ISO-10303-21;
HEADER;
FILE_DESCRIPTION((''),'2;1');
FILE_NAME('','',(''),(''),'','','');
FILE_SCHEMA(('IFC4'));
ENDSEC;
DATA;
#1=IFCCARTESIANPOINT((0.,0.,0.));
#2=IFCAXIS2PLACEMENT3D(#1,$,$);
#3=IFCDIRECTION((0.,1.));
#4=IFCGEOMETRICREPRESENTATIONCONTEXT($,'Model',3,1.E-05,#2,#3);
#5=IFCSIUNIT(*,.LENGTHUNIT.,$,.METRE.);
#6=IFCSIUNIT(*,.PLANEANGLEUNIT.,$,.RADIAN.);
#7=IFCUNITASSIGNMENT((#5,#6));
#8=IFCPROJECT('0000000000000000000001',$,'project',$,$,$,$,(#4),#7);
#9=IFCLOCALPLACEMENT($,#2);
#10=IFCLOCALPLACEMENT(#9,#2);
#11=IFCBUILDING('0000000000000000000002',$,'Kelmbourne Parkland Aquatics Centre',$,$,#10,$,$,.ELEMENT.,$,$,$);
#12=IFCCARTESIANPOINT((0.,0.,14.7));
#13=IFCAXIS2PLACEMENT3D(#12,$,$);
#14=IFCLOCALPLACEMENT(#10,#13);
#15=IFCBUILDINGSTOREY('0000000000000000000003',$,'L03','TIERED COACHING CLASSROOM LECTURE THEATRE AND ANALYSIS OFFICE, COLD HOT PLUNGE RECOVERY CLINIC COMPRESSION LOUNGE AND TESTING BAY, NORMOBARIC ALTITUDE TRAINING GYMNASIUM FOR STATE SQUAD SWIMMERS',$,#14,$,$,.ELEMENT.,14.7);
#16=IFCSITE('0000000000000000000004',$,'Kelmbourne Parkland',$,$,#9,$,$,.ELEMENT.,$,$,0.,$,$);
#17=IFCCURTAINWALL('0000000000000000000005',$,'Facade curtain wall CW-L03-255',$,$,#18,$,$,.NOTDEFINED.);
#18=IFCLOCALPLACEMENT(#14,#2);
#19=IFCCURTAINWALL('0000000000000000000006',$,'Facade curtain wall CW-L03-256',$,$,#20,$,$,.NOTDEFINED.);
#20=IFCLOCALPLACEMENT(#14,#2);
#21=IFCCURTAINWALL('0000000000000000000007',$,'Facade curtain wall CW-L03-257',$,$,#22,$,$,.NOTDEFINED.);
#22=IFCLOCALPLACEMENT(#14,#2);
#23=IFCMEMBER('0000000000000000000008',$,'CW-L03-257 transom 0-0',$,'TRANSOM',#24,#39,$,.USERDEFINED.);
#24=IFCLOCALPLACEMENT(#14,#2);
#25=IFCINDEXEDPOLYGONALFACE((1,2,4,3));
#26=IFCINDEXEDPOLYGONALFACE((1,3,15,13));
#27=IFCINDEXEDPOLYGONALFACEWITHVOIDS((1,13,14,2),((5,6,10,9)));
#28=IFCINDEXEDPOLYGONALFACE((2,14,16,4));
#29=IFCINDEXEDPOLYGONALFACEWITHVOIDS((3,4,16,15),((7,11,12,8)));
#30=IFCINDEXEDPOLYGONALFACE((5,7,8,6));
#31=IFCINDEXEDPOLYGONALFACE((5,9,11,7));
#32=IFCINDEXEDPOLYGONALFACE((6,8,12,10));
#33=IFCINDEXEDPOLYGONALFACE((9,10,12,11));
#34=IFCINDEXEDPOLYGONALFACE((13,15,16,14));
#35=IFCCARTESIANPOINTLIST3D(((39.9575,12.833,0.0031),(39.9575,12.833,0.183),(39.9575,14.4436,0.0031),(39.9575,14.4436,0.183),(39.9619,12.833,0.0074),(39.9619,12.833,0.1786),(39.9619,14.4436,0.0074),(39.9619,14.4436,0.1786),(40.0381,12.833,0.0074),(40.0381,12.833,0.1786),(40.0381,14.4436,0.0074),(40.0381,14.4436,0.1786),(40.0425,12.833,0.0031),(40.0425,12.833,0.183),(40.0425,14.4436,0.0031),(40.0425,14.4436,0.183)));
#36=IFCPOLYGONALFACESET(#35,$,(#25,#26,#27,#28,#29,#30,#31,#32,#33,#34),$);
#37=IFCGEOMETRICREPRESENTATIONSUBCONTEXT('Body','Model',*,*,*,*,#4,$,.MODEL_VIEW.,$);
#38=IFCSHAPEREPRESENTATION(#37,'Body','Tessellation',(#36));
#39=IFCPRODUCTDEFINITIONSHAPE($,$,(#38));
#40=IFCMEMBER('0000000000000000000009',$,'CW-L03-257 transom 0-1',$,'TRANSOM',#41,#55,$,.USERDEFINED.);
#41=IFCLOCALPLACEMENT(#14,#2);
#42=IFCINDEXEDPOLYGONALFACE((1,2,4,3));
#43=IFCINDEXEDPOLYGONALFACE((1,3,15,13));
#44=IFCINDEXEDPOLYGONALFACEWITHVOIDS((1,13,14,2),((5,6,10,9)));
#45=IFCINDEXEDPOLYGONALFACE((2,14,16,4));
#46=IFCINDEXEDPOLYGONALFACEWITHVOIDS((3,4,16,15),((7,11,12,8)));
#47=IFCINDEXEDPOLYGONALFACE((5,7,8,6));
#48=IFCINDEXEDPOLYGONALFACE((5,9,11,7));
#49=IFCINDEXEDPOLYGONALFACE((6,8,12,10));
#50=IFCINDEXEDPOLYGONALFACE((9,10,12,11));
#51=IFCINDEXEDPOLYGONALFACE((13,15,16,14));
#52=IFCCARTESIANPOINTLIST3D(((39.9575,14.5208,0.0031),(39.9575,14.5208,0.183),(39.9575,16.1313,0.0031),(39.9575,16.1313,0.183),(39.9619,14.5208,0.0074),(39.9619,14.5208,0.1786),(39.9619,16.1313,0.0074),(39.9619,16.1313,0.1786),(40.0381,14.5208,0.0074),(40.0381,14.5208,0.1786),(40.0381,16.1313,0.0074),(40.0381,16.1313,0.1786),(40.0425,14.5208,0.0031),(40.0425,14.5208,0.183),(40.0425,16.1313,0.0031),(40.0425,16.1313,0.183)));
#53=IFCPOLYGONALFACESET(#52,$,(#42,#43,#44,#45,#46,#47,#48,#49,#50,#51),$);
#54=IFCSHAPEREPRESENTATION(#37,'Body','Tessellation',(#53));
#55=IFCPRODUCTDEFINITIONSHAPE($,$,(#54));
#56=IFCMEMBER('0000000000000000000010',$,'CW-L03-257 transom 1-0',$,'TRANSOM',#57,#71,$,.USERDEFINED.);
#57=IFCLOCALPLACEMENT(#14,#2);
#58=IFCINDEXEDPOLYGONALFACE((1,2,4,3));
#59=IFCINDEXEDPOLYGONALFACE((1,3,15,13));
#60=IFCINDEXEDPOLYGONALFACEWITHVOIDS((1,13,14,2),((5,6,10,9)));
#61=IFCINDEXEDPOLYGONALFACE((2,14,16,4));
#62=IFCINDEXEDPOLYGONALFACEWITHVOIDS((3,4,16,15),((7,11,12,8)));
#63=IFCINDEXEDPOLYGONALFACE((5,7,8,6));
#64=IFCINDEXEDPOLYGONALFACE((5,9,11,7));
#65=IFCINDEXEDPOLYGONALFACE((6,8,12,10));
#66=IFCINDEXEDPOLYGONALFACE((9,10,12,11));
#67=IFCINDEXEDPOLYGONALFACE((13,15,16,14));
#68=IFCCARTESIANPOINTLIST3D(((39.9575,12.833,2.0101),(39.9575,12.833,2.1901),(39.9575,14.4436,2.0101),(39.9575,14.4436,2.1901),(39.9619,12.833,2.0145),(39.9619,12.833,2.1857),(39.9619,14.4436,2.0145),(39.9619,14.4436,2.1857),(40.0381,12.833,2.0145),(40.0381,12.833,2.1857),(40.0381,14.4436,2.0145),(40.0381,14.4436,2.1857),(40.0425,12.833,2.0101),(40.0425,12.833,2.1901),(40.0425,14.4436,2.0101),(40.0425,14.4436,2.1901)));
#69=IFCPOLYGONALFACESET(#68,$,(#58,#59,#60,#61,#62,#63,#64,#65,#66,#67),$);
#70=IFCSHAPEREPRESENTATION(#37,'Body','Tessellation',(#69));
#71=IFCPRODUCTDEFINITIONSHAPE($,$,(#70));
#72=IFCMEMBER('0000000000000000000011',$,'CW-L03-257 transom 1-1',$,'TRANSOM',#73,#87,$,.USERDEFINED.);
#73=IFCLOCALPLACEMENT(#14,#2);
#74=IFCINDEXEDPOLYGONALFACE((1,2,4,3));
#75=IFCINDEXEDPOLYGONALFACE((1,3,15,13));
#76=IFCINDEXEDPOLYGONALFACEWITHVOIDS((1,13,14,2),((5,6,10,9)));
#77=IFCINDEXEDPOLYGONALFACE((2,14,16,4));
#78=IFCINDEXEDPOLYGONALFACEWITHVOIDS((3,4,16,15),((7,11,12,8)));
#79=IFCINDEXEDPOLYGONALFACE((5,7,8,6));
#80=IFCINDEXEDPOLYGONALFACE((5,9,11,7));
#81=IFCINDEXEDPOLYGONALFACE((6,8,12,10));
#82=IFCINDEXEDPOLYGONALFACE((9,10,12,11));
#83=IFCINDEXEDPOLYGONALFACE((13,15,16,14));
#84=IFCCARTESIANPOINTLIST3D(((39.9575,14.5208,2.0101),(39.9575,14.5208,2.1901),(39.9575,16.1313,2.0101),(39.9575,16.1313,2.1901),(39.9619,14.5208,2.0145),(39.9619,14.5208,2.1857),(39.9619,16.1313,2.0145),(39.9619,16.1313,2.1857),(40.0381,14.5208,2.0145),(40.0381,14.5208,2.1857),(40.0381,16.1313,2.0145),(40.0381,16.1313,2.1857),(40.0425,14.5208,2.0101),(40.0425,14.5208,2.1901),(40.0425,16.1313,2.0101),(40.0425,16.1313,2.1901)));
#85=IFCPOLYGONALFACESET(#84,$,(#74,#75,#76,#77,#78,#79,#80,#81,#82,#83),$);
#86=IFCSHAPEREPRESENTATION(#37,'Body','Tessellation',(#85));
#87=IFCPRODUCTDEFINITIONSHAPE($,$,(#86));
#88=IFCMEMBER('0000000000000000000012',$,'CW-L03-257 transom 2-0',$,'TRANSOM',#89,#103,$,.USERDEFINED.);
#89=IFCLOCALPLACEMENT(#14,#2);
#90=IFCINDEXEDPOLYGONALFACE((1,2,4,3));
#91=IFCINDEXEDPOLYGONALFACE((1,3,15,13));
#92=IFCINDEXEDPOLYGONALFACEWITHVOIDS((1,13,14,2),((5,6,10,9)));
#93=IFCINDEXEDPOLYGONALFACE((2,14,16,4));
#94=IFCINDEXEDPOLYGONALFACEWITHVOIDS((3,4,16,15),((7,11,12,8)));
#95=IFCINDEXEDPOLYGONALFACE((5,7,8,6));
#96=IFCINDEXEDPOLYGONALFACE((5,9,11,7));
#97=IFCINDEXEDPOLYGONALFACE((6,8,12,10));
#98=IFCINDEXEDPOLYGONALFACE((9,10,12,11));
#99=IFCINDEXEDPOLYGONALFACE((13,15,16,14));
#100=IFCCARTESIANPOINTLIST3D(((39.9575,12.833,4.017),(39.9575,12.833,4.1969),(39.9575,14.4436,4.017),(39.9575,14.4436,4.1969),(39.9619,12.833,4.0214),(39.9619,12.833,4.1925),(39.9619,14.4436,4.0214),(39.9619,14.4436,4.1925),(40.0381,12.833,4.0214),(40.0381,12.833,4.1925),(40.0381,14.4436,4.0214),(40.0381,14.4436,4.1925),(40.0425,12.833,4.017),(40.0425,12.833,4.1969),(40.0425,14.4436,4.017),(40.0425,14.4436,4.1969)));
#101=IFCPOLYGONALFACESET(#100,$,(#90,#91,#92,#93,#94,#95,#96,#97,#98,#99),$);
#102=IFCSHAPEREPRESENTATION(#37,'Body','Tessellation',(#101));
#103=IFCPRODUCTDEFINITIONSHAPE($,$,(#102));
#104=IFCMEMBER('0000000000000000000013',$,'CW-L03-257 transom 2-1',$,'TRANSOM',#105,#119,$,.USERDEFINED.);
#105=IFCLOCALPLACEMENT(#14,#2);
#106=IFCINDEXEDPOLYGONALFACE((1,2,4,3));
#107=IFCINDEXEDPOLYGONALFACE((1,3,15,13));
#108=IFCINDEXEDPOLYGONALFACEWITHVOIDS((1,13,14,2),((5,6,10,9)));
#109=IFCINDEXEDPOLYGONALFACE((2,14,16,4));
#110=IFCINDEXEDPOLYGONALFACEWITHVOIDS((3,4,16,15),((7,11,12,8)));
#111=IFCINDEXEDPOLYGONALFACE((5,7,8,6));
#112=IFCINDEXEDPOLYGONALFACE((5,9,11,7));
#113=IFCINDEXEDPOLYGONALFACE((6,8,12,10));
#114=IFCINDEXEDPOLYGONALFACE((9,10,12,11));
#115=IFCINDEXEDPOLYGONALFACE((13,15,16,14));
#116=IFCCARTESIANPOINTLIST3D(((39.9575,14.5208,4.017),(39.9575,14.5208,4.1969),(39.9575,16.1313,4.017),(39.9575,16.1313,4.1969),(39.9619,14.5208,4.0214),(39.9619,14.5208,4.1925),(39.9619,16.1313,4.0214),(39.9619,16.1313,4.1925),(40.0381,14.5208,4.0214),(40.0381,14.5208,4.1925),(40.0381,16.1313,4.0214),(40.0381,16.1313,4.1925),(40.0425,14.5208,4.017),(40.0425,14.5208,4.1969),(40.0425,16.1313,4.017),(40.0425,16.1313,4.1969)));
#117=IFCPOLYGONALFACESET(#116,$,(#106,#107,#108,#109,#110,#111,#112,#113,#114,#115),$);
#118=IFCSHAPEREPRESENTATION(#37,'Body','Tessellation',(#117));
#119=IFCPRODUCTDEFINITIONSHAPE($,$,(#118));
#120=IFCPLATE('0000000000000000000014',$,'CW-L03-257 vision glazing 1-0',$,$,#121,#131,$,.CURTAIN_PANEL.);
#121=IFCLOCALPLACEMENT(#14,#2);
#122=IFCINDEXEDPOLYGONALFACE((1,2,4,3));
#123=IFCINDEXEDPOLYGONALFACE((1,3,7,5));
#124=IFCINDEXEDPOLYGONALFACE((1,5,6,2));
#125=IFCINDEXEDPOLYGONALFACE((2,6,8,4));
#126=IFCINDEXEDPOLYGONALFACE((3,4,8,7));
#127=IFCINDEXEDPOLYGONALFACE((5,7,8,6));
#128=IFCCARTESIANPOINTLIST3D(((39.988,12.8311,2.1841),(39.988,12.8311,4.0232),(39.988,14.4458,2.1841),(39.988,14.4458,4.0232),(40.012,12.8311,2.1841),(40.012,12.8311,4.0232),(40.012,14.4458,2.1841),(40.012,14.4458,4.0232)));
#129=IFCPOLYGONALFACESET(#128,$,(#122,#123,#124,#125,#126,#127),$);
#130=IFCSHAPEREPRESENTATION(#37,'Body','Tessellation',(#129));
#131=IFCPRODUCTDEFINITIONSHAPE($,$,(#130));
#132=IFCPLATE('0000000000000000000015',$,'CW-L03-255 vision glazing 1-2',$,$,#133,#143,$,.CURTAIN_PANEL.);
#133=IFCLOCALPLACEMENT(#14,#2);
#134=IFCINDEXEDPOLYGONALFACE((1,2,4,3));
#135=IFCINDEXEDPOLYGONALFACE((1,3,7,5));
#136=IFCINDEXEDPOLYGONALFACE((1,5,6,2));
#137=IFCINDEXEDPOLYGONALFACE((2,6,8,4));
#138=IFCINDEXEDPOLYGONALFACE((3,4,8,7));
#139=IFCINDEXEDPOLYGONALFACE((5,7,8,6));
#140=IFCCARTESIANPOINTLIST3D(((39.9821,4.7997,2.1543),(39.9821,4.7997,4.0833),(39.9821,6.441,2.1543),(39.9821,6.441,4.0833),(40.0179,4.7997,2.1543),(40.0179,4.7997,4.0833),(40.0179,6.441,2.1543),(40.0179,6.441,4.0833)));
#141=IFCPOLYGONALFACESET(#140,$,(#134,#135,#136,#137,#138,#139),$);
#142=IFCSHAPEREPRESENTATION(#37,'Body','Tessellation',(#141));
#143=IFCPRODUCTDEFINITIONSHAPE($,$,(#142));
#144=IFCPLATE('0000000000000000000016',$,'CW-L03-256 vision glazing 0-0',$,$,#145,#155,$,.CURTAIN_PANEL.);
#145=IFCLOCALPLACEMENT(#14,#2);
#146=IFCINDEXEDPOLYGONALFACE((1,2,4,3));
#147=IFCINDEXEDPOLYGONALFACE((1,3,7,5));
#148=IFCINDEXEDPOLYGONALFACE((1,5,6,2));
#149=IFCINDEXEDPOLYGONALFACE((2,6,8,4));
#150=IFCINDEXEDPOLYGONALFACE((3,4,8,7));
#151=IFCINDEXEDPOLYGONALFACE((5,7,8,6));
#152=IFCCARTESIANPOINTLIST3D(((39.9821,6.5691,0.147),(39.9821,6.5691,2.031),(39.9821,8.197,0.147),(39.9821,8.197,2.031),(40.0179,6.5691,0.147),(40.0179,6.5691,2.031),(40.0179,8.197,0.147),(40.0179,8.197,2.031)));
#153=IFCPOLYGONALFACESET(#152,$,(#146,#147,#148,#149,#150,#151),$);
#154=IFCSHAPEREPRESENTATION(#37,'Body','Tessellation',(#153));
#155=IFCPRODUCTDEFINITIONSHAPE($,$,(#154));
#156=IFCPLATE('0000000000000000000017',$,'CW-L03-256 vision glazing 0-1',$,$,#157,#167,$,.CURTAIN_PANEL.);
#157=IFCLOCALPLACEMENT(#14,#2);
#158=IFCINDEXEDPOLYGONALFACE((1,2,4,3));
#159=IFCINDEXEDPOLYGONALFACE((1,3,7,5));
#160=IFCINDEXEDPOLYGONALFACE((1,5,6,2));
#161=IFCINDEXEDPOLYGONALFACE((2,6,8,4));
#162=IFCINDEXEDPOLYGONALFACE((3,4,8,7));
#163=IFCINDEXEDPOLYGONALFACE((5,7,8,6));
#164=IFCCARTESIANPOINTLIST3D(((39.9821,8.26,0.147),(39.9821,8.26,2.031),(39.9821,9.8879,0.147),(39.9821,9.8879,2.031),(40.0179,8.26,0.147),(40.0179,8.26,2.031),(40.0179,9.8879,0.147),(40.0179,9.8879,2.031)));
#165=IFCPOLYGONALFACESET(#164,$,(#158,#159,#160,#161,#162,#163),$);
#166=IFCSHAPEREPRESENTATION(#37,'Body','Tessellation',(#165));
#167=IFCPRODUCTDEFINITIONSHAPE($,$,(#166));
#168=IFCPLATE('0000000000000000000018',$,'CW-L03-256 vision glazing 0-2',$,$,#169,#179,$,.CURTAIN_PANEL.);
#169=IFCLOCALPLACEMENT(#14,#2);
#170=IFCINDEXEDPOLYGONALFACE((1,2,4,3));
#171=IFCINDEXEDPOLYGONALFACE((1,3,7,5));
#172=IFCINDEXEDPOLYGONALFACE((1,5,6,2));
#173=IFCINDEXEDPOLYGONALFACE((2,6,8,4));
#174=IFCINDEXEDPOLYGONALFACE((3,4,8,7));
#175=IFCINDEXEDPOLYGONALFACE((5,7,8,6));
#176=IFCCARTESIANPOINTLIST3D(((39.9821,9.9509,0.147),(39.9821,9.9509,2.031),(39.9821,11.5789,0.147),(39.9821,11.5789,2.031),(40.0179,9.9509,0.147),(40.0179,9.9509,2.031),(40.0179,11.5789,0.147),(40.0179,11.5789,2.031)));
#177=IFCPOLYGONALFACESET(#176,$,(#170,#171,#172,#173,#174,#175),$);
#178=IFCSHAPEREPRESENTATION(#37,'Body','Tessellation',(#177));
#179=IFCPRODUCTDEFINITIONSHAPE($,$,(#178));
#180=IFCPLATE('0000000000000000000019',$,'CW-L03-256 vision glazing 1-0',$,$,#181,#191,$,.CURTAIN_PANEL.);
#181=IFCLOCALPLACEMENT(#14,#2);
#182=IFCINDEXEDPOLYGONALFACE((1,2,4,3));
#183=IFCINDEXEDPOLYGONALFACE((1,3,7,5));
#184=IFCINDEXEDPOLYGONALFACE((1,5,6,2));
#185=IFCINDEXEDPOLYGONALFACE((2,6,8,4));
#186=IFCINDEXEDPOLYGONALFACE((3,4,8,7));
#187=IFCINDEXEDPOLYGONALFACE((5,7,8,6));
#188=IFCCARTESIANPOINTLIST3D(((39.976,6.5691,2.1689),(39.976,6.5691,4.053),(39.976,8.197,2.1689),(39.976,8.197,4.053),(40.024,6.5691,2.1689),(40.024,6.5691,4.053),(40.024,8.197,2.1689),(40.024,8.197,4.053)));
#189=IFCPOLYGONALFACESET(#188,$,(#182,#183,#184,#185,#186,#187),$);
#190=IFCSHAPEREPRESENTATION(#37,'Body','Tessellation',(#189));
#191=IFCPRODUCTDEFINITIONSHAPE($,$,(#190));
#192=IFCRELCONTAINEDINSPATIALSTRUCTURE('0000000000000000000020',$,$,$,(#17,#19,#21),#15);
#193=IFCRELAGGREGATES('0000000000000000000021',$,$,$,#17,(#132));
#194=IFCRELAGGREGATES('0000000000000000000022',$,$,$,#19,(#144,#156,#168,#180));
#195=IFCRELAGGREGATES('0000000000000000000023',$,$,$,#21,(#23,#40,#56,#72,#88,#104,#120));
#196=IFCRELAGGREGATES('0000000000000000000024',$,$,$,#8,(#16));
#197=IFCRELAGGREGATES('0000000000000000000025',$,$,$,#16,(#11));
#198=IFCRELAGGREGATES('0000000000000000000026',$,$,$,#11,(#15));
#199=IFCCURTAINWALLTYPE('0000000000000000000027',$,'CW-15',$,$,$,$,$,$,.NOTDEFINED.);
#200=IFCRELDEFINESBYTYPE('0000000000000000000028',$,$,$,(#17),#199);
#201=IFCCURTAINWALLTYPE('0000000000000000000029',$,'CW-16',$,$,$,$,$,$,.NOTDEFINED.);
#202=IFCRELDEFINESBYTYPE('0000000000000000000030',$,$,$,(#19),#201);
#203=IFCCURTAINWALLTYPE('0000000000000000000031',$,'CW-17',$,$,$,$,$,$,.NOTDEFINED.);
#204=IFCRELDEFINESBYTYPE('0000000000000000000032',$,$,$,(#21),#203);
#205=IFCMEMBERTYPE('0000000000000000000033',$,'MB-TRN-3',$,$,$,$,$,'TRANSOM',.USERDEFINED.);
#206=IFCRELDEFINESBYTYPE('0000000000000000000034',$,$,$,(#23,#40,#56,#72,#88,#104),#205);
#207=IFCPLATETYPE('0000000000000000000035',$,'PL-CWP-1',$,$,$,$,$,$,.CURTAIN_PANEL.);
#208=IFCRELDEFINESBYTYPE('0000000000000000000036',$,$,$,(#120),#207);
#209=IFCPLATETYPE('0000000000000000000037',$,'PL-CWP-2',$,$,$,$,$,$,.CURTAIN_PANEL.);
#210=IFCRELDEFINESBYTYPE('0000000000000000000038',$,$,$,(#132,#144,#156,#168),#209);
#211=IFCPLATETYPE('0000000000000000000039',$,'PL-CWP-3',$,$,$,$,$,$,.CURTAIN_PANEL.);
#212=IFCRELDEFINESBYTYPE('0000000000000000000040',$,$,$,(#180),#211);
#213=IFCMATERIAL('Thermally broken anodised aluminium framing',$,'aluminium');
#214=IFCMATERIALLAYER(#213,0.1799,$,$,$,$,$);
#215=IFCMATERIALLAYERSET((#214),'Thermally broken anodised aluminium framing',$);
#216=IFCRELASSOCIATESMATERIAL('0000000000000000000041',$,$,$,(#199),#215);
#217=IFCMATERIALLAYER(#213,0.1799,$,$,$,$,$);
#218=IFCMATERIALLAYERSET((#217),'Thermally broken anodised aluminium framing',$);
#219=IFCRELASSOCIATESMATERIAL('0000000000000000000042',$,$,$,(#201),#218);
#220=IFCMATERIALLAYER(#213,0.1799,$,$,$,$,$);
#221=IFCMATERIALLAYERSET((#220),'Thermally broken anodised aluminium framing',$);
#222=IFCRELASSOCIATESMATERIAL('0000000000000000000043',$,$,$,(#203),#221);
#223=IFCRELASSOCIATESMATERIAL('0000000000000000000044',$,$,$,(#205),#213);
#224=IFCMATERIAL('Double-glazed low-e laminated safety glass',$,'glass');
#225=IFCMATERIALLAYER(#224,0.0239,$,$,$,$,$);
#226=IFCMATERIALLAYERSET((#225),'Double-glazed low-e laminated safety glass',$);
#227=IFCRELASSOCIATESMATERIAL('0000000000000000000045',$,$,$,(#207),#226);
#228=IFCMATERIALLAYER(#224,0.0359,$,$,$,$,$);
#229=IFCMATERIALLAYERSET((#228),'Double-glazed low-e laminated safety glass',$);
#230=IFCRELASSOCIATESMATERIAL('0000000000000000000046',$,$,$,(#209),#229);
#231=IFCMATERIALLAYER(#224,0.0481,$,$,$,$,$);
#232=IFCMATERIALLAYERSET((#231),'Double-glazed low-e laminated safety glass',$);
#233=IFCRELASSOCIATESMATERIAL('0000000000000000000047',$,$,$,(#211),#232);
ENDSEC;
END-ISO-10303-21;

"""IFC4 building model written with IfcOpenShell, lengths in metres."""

from ifc_helpers import new_model, si_unit, direction, frame, origin, origin_2d, place, context, subcontext, project, spatial, rectangle, hollow_rectangle, extrude, material, layer, layer_set, material_profile, profile_set, type_object, element, aggregate, save


model = new_model("IFC4")

# Units and contexts
model_context = context("Model", 3, precision=1e-05, world=origin(), true_north=direction((0.0, 1.0)))
body_context = subcontext(model_context, "Body", "Model", "MODEL_VIEW")
ifc_project = project(units=[si_unit("LENGTHUNIT", "METRE"), si_unit("PLANEANGLEUNIT", "RADIAN")], contexts=[model_context])

# Site, building, storey
site_placement = place(None, origin())
site = spatial("IfcSite", under=ifc_project, at=site_placement, Name="Kelmbourne Parkland", CompositionType="ELEMENT", RefElevation=0.0)
building_placement = place(site_placement, origin())
building = spatial("IfcBuilding", under=site, at=building_placement, Name="Kelmbourne Parkland Aquatics Centre", CompositionType="ELEMENT")
storey_placement = place(building_placement, frame((0.0, 0.0, 14.7)))
storey = spatial("IfcBuildingStorey", under=building, at=storey_placement, Name="L03", Description="TIERED COACHING CLASSROOM LECTURE THEATRE AND ANALYSIS OFFICE, COLD HOT PLUNGE RECOVERY CLINIC COMPRESSION LOUNGE AND TESTING BAY, NORMOBARIC ALTITUDE TRAINING GYMNASIUM FOR STATE SQUAD SWIMMERS", CompositionType="ELEMENT", Elevation=14.7)

# Curtain wall
ifc_material_1 = material(Name="Thermally broken anodised aluminium framing", Category="aluminium")
ifc_layer_1 = layer(ifc_material_1, 0.1799)
ifc_layer_set_1 = layer_set([ifc_layer_1], Name="Thermally broken anodised aluminium framing")
curtain_wall_type_1 = type_object("IfcCurtainWallType", Name="CW-15", PredefinedType="NOTDEFINED", material=ifc_layer_set_1)
curtain_wall_1_placement = place(storey_placement, origin())
curtain_wall_1 = element("IfcCurtainWall", 1, at=curtain_wall_1_placement, inside=storey, type_object=curtain_wall_type_1, Name="Facade curtain wall CW-L03-255", PredefinedType="NOTDEFINED")

# Curtain walls
ifc_layer_2 = layer(ifc_material_1, 0.1799)
ifc_layer_set_2 = layer_set([ifc_layer_2], Name="Thermally broken anodised aluminium framing")
curtain_wall_type_2 = type_object("IfcCurtainWallType", Name="CW-16", PredefinedType="NOTDEFINED", material=ifc_layer_set_2)
curtain_wall_2_placement = place(storey_placement, origin())
curtain_wall_2 = element("IfcCurtainWall", 2, at=curtain_wall_2_placement, inside=storey, type_object=curtain_wall_type_2, Name="Facade curtain wall CW-L03-256", PredefinedType="NOTDEFINED")
ifc_layer_3 = layer(ifc_material_1, 0.1799)
ifc_layer_set_3 = layer_set([ifc_layer_3], Name="Thermally broken anodised aluminium framing")
curtain_wall_type_3 = type_object("IfcCurtainWallType", Name="CW-17", PredefinedType="NOTDEFINED", material=ifc_layer_set_3)
curtain_wall_3_placement = place(storey_placement, origin())
curtain_wall_3 = element("IfcCurtainWall", 3, at=curtain_wall_3_placement, inside=storey, type_object=curtain_wall_type_3, Name="Facade curtain wall CW-L03-257", PredefinedType="NOTDEFINED")

# Members
ifc_material_profile_1 = material_profile(ifc_material_1, hollow_rectangle(XDim=0.085, YDim=0.1799, WallThickness=0.0044, at=origin_2d()), Name="CW-T 85x180")
ifc_profile_set_1 = profile_set([ifc_material_profile_1], Name="Thermally broken anodised aluminium framing")
member_type_1 = type_object("IfcMemberType", Name="MB-TRN-3", ElementType="TRANSOM", PredefinedType="USERDEFINED", material=ifc_profile_set_1)
member_1_placement = place(storey_placement, frame((40.0, 12.833, 0.093), z_axis=(0.0, 1.0, 0.0), x_axis=(-1.0, 0.0, 0.0)))
member_1 = element("IfcMember", 4, at=member_1_placement, type_object=member_type_1, Name="CW-L03-257 transom 0-0", ObjectType="TRANSOM", PredefinedType="USERDEFINED", context=body_context, shape_type="SweptSolid", body=[
    extrude(hollow_rectangle(XDim=0.085, YDim=0.1799, WallThickness=0.0044, at=origin_2d()), origin(), (0.0, 0.0, 1.0), 1.6106),
])
member_2_placement = place(storey_placement, frame((40.0, 14.5208, 0.093), z_axis=(0.0, 1.0, 0.0), x_axis=(-1.0, 0.0, 0.0)))
member_2 = element("IfcMember", 5, at=member_2_placement, type_object=member_type_1, Name="CW-L03-257 transom 0-1", ObjectType="TRANSOM", PredefinedType="USERDEFINED", context=body_context, shape_type="SweptSolid", body=[
    extrude(hollow_rectangle(XDim=0.085, YDim=0.1799, WallThickness=0.0044, at=origin_2d()), origin(), (0.0, 0.0, 1.0), 1.6106),
])
member_3_placement = place(storey_placement, frame((40.0, 12.833, 2.1001), z_axis=(0.0, 1.0, 0.0), x_axis=(-1.0, 0.0, 0.0)))
member_3 = element("IfcMember", 6, at=member_3_placement, type_object=member_type_1, Name="CW-L03-257 transom 1-0", ObjectType="TRANSOM", PredefinedType="USERDEFINED", context=body_context, shape_type="SweptSolid", body=[
    extrude(hollow_rectangle(XDim=0.085, YDim=0.1799, WallThickness=0.0044, at=origin_2d()), origin(), (0.0, 0.0, 1.0), 1.6106),
])
member_4_placement = place(storey_placement, frame((40.0, 14.5208, 2.1001), z_axis=(0.0, 1.0, 0.0), x_axis=(-1.0, 0.0, 0.0)))
member_4 = element("IfcMember", 7, at=member_4_placement, type_object=member_type_1, Name="CW-L03-257 transom 1-1", ObjectType="TRANSOM", PredefinedType="USERDEFINED", context=body_context, shape_type="SweptSolid", body=[
    extrude(hollow_rectangle(XDim=0.085, YDim=0.1799, WallThickness=0.0044, at=origin_2d()), origin(), (0.0, 0.0, 1.0), 1.6106),
])
member_5_placement = place(storey_placement, frame((40.0, 12.833, 4.1069), z_axis=(0.0, 1.0, 0.0), x_axis=(-1.0, 0.0, 0.0)))
member_5 = element("IfcMember", 8, at=member_5_placement, type_object=member_type_1, Name="CW-L03-257 transom 2-0", ObjectType="TRANSOM", PredefinedType="USERDEFINED", context=body_context, shape_type="SweptSolid", body=[
    extrude(hollow_rectangle(XDim=0.085, YDim=0.1799, WallThickness=0.0044, at=origin_2d()), origin(), (0.0, 0.0, 1.0), 1.6106),
])
member_6_placement = place(storey_placement, frame((40.0, 14.5208, 4.1069), z_axis=(0.0, 1.0, 0.0), x_axis=(-1.0, 0.0, 0.0)))
member_6 = element("IfcMember", 9, at=member_6_placement, type_object=member_type_1, Name="CW-L03-257 transom 2-1", ObjectType="TRANSOM", PredefinedType="USERDEFINED", context=body_context, shape_type="SweptSolid", body=[
    extrude(hollow_rectangle(XDim=0.085, YDim=0.1799, WallThickness=0.0044, at=origin_2d()), origin(), (0.0, 0.0, 1.0), 1.6106),
])

# Plates
ifc_material_2 = material(Name="Double-glazed low-e laminated safety glass", Category="glass")
ifc_layer_4 = layer(ifc_material_2, 0.0239)
ifc_layer_set_4 = layer_set([ifc_layer_4], Name="Double-glazed low-e laminated safety glass")
plate_type_1 = type_object("IfcPlateType", Name="PL-CWP-1", PredefinedType="CURTAIN_PANEL", material=ifc_layer_set_4)
plate_1_placement = place(storey_placement, frame((40.0, 13.6384, 2.1841), z_axis=(0.0, 0.0, 1.0), x_axis=(0.0, 1.0, 0.0)))
plate_1 = element("IfcPlate", 10, at=plate_1_placement, type_object=plate_type_1, Name="CW-L03-257 vision glazing 1-0", PredefinedType="CURTAIN_PANEL", context=body_context, shape_type="SweptSolid", body=[
    extrude(rectangle(XDim=1.6147, YDim=0.0239, at=origin_2d()), origin(), (0.0, 0.0, 1.0), 1.8391),
])
ifc_layer_5 = layer(ifc_material_2, 0.0359)
ifc_layer_set_5 = layer_set([ifc_layer_5], Name="Double-glazed low-e laminated safety glass")
plate_type_2 = type_object("IfcPlateType", Name="PL-CWP-2", PredefinedType="CURTAIN_PANEL", material=ifc_layer_set_5)
plate_2_placement = place(storey_placement, frame((40.0, 5.6204, 2.1543), z_axis=(0.0, 0.0, 1.0), x_axis=(0.0, 1.0, 0.0)))
plate_2 = element("IfcPlate", 11, at=plate_2_placement, type_object=plate_type_2, Name="CW-L03-255 vision glazing 1-2", PredefinedType="CURTAIN_PANEL", context=body_context, shape_type="SweptSolid", body=[
    extrude(rectangle(XDim=1.6414, YDim=0.0359, at=origin_2d()), origin(), (0.0, 0.0, 1.0), 1.929),
])
aggregate(curtain_wall_1, [plate_2])
plate_3_placement = place(storey_placement, frame((40.0, 7.3831, 0.147), z_axis=(0.0, 0.0, 1.0), x_axis=(0.0, 1.0, 0.0)))
plate_3 = element("IfcPlate", 12, at=plate_3_placement, type_object=plate_type_2, Name="CW-L03-256 vision glazing 0-0", PredefinedType="CURTAIN_PANEL", context=body_context, shape_type="SweptSolid", body=[
    extrude(rectangle(XDim=1.6279, YDim=0.0359, at=origin_2d()), origin(), (0.0, 0.0, 1.0), 1.884),
])
plate_4_placement = place(storey_placement, frame((40.0, 9.074, 0.147), z_axis=(0.0, 0.0, 1.0), x_axis=(0.0, 1.0, 0.0)))
plate_4 = element("IfcPlate", 13, at=plate_4_placement, type_object=plate_type_2, Name="CW-L03-256 vision glazing 0-1", PredefinedType="CURTAIN_PANEL", context=body_context, shape_type="SweptSolid", body=[
    extrude(rectangle(XDim=1.6279, YDim=0.0359, at=origin_2d()), origin(), (0.0, 0.0, 1.0), 1.884),
])
plate_5_placement = place(storey_placement, frame((40.0, 10.7649, 0.147), z_axis=(0.0, 0.0, 1.0), x_axis=(0.0, 1.0, 0.0)))
plate_5 = element("IfcPlate", 14, at=plate_5_placement, type_object=plate_type_2, Name="CW-L03-256 vision glazing 0-2", PredefinedType="CURTAIN_PANEL", context=body_context, shape_type="SweptSolid", body=[
    extrude(rectangle(XDim=1.6279, YDim=0.0359, at=origin_2d()), origin(), (0.0, 0.0, 1.0), 1.884),
])
ifc_layer_6 = layer(ifc_material_2, 0.0481)
ifc_layer_set_6 = layer_set([ifc_layer_6], Name="Double-glazed low-e laminated safety glass")
plate_type_3 = type_object("IfcPlateType", Name="PL-CWP-3", PredefinedType="CURTAIN_PANEL", material=ifc_layer_set_6)
plate_6_placement = place(storey_placement, frame((40.0, 7.3831, 2.1689), z_axis=(0.0, 0.0, 1.0), x_axis=(0.0, 1.0, 0.0)))
plate_6 = element("IfcPlate", 15, at=plate_6_placement, type_object=plate_type_3, Name="CW-L03-256 vision glazing 1-0", PredefinedType="CURTAIN_PANEL", context=body_context, shape_type="SweptSolid", body=[
    extrude(rectangle(XDim=1.6279, YDim=0.0481, at=origin_2d()), origin(), (0.0, 0.0, 1.0), 1.884),
])
aggregate(curtain_wall_2, [plate_3, plate_4, plate_5, plate_6])
aggregate(curtain_wall_3, [member_1, member_2, member_3, member_4, member_5, member_6, plate_1])

save(model, "model.ifc")
